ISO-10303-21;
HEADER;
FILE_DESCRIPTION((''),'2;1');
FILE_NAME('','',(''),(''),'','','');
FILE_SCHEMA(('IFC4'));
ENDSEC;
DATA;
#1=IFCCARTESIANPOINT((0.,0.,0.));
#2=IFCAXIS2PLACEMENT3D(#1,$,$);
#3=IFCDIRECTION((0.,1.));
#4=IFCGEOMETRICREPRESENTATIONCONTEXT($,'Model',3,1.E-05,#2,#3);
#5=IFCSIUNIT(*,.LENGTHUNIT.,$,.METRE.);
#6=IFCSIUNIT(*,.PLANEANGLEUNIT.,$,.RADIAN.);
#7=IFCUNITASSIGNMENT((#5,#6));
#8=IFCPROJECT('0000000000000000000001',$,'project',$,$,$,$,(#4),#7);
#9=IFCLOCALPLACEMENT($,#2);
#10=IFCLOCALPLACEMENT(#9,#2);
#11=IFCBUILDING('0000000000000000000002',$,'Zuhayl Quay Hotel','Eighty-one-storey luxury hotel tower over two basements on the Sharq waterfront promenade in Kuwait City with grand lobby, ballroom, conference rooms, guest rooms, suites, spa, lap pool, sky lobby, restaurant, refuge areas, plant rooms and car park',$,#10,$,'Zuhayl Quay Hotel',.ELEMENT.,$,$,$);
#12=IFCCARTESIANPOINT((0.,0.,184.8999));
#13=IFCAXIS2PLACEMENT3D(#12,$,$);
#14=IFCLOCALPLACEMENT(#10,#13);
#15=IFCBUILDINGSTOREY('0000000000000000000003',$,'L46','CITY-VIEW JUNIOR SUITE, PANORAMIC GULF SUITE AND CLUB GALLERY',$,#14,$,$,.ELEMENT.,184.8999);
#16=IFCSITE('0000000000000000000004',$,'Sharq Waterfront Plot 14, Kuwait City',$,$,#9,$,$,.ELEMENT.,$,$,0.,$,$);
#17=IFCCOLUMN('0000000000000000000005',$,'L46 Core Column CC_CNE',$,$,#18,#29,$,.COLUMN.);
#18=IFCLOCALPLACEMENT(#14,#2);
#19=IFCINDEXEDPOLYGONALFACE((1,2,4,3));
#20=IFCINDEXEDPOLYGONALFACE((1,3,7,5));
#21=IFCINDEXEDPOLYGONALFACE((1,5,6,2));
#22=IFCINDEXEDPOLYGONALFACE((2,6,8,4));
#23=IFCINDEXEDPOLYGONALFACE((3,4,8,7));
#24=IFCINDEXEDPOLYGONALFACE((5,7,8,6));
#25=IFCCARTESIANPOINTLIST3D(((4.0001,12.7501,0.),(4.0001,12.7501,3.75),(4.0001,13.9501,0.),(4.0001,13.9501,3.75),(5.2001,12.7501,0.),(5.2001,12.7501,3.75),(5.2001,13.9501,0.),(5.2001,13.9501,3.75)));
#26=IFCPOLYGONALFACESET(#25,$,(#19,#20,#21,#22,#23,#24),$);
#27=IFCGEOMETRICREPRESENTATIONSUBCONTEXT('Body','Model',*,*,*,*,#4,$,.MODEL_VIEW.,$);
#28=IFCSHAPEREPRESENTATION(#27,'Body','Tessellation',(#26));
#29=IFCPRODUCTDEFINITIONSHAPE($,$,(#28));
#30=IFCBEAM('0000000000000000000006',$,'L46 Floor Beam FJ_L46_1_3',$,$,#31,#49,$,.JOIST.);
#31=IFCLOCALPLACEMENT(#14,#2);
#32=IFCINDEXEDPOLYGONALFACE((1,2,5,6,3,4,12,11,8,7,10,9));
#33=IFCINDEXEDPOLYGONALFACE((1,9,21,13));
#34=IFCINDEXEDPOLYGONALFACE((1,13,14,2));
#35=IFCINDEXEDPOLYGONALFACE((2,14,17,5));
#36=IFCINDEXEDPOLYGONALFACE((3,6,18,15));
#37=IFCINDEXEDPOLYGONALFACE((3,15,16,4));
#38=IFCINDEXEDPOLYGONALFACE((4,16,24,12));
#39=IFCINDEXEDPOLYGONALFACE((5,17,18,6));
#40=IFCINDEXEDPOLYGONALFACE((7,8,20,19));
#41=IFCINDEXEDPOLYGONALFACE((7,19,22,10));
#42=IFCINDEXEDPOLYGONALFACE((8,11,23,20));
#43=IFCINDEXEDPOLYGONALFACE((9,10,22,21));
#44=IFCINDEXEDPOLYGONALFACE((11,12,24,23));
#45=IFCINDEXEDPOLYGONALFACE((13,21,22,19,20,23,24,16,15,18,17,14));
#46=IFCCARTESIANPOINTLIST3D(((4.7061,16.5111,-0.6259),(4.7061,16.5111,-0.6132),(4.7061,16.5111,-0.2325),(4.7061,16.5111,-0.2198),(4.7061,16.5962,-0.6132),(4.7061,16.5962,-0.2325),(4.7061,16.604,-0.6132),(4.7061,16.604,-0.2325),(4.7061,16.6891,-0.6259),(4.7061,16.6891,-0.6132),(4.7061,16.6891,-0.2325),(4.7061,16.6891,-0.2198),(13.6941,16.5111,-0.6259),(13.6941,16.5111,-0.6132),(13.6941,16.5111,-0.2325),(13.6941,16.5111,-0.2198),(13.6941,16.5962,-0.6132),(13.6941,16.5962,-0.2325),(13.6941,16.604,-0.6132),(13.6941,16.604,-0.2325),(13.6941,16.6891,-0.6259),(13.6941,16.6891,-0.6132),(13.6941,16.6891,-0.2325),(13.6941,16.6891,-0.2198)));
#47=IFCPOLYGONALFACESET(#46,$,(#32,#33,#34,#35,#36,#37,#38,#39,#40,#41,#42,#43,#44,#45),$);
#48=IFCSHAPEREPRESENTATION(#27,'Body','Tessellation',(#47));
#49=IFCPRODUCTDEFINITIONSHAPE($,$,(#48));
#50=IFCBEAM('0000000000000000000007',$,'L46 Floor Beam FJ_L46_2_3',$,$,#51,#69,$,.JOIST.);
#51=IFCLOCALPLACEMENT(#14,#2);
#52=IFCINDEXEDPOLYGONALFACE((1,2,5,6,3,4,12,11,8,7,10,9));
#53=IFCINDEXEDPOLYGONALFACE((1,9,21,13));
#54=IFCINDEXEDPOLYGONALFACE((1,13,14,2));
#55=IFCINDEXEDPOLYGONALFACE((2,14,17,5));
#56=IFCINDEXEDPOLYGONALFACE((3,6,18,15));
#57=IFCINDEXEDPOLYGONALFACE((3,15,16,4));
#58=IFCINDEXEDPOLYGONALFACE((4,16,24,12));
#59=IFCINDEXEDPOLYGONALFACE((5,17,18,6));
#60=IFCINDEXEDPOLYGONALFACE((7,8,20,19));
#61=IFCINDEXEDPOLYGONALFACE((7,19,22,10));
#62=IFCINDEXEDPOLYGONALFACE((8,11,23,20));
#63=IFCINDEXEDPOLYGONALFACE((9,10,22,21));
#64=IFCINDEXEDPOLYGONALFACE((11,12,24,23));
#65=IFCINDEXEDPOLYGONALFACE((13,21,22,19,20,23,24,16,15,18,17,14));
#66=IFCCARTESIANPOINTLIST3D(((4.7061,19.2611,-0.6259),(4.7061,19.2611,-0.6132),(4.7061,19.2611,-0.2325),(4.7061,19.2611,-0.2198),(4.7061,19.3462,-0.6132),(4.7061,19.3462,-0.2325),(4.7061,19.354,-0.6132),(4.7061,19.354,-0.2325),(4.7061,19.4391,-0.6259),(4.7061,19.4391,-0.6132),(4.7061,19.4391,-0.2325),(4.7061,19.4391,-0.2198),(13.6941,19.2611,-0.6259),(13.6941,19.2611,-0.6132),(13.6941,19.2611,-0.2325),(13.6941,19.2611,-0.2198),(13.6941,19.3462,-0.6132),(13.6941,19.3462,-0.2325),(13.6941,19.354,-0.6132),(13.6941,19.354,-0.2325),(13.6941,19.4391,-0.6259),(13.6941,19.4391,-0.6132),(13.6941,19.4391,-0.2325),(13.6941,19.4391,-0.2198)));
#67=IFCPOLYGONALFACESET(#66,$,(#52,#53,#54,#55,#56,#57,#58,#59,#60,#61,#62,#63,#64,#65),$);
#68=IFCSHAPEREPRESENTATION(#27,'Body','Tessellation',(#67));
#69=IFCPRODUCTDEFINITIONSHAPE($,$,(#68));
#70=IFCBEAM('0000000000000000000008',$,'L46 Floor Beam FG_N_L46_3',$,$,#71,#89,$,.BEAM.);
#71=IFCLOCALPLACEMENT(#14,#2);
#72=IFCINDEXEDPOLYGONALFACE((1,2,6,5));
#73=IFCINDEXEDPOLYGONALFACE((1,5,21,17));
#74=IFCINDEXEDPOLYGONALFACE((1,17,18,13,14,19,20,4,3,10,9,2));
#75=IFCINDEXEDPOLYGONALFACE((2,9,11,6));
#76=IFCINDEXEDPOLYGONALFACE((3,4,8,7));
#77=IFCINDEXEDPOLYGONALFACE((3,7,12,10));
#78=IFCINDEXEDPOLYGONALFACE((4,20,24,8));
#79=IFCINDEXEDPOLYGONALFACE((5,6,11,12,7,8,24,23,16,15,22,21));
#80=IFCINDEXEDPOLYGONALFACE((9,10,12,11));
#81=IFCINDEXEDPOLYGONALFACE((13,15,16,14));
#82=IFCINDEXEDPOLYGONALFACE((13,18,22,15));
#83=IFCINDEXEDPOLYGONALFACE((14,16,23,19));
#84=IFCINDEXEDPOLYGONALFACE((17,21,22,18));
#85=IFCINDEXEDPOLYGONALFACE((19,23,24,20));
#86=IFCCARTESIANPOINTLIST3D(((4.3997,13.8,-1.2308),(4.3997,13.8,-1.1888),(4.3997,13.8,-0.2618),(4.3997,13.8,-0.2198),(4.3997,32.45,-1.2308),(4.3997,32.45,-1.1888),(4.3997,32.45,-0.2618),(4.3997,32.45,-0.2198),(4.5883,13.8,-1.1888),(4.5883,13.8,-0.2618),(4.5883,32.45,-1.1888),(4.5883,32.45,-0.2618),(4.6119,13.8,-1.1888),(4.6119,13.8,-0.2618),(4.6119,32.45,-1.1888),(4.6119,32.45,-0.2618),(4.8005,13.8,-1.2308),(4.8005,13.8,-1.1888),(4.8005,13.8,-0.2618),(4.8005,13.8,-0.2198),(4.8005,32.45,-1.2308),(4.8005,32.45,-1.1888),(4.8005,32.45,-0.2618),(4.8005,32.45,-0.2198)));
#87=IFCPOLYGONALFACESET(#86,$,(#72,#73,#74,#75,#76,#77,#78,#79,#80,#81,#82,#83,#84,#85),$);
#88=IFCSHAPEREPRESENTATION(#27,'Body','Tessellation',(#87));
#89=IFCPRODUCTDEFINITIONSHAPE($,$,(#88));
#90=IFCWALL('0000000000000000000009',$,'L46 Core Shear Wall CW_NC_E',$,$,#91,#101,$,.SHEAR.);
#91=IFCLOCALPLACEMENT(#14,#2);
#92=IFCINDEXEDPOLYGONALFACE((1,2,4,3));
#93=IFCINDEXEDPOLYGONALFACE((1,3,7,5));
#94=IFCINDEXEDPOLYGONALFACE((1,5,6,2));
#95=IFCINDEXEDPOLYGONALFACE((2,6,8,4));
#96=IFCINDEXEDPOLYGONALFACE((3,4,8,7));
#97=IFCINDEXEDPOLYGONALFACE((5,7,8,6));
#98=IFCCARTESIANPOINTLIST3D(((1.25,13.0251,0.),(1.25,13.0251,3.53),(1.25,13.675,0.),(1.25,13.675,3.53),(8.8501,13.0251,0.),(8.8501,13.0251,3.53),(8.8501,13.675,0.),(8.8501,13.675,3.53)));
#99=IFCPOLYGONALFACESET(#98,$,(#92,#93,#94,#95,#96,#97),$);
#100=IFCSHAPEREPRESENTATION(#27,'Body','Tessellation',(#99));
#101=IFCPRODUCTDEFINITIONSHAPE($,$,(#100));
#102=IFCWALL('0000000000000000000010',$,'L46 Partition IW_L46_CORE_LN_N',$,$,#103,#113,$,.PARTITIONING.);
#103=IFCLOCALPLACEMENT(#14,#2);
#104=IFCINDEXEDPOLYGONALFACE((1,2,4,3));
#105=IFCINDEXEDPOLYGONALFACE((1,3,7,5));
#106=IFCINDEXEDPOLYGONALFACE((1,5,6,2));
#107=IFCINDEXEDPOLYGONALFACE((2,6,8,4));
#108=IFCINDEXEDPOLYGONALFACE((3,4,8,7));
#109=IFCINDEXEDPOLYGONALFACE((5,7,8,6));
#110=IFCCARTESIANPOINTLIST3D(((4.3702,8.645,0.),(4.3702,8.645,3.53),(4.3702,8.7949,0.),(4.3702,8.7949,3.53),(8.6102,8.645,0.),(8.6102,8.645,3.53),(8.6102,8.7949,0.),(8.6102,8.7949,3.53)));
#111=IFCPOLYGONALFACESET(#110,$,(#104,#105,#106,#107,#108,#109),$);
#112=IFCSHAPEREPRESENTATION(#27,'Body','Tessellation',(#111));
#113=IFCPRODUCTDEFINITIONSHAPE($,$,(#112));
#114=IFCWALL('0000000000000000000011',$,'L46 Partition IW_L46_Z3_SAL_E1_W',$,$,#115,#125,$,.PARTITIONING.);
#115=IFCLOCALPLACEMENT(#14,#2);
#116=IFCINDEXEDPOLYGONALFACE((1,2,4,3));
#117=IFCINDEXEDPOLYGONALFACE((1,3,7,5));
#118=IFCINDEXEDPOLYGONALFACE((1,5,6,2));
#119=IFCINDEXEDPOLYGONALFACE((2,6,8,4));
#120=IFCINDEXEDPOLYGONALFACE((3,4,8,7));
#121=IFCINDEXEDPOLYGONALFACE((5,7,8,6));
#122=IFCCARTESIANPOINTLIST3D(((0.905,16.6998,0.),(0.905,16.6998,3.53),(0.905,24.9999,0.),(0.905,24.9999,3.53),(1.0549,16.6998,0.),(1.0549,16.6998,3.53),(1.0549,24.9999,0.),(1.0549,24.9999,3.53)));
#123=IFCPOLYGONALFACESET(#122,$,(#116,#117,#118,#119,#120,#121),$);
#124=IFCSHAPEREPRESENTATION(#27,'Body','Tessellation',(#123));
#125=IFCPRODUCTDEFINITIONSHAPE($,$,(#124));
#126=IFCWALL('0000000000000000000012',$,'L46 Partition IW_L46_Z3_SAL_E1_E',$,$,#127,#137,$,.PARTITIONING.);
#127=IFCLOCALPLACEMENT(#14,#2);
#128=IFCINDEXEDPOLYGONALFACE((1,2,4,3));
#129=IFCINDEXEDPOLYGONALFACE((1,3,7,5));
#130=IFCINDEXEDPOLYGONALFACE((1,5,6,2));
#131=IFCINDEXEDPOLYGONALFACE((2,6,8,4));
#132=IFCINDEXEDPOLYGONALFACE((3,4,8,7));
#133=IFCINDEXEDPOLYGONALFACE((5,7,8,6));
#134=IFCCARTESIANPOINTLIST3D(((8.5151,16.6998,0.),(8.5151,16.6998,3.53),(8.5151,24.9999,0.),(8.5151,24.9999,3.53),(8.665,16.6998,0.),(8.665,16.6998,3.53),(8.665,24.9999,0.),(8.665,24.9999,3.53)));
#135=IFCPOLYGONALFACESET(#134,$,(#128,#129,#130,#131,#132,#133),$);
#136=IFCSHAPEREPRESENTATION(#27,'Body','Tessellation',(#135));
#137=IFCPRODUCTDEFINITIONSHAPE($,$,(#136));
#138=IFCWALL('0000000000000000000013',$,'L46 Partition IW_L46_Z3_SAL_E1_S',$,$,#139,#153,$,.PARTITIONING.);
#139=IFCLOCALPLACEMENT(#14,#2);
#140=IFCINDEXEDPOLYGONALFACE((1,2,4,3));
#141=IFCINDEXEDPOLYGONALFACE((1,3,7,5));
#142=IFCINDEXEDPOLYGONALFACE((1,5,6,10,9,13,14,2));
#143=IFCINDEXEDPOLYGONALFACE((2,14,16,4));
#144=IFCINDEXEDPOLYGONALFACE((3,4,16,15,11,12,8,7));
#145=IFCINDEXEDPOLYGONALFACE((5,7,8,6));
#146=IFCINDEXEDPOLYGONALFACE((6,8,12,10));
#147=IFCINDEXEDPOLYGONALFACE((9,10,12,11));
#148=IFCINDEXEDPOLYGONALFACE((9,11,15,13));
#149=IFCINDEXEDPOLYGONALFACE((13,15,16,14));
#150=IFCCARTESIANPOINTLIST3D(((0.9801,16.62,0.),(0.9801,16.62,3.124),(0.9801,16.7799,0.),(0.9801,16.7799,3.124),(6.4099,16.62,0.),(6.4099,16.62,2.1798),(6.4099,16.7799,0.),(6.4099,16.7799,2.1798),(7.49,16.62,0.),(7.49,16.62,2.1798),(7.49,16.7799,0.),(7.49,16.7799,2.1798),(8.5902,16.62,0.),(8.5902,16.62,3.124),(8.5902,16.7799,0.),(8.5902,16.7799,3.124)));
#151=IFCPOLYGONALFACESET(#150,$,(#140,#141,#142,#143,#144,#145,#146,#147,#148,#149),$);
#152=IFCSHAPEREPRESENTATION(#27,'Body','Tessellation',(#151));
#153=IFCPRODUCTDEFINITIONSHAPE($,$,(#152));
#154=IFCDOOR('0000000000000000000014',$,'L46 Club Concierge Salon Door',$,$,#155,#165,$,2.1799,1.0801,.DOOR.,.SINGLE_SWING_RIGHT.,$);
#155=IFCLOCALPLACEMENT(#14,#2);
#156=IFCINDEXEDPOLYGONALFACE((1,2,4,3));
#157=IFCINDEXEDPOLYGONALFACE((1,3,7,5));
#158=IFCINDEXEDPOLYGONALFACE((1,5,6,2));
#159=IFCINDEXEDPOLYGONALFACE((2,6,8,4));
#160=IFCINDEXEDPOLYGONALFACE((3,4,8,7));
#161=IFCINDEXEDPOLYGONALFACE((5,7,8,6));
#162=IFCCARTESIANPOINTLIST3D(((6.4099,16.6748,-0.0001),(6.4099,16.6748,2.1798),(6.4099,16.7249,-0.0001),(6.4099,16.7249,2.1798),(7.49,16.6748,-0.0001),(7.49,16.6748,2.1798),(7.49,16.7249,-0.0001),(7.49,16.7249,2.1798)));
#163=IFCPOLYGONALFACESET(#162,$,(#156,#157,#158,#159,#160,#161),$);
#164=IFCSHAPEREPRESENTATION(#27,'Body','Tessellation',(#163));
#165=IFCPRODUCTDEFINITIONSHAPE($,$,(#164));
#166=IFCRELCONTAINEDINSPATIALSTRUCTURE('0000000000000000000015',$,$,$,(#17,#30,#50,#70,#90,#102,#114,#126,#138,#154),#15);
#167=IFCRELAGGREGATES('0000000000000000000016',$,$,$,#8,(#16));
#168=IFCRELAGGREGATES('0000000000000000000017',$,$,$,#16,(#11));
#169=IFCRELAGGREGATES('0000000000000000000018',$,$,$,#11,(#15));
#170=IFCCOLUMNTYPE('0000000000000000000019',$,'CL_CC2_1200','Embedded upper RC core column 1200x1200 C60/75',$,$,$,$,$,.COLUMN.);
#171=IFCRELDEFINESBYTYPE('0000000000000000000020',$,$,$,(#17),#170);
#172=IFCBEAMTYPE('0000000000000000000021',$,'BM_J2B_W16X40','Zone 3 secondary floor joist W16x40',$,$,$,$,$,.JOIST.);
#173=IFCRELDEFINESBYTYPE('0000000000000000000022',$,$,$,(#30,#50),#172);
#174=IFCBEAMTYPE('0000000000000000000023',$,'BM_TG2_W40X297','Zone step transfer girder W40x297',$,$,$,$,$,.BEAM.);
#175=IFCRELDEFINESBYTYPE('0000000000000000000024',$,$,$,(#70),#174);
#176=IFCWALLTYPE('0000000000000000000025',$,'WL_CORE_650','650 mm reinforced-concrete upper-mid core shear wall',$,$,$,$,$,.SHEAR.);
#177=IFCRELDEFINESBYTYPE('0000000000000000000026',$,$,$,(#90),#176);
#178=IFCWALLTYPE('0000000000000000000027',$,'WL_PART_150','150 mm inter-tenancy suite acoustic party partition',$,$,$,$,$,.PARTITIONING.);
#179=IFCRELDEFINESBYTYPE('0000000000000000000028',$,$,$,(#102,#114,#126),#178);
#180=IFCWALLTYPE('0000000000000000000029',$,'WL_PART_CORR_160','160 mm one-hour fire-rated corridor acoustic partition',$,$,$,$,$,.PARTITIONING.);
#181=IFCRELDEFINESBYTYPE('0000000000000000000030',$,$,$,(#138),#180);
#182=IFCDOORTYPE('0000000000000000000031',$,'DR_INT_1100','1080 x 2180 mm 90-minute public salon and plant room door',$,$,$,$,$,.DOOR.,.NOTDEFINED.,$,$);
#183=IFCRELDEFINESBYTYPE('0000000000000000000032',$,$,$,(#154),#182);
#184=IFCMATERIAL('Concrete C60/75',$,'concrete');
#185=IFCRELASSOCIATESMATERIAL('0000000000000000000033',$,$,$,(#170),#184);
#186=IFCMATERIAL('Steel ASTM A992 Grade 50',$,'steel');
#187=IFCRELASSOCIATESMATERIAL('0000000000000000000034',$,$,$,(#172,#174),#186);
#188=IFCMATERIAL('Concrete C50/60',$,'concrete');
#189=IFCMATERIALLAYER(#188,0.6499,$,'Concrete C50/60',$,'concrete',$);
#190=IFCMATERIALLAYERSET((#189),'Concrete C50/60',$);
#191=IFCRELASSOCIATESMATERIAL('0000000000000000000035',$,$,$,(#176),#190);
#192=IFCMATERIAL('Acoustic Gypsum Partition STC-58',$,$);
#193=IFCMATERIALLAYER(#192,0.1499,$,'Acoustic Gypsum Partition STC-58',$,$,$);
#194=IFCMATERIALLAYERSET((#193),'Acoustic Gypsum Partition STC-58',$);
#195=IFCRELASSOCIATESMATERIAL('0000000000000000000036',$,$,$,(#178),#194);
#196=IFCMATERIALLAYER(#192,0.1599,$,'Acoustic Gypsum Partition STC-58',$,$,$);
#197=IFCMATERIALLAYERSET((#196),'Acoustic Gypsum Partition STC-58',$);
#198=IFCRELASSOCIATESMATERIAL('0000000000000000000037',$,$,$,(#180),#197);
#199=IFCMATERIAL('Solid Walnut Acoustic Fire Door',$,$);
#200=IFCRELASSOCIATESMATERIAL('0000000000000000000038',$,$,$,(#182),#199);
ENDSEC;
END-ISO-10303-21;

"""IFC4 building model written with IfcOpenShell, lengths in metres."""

from ifc_helpers import new_model, si_unit, direction, frame, frame_2d, origin, origin_2d, place, context, subcontext, project, spatial, rectangle, i_section, extrude, material, layer, layer_set, material_profile, profile_set, type_object, element, fill, save


model = new_model("IFC4")

# Units and contexts
model_context = context("Model", 3, precision=1e-05, world=origin(), true_north=direction((0.0, 1.0)))
body_context = subcontext(model_context, "Body", "Model", "MODEL_VIEW")
ifc_project = project(units=[si_unit("LENGTHUNIT", "METRE"), si_unit("PLANEANGLEUNIT", "RADIAN")], contexts=[model_context])

# Site, building, storey
site_placement = place(None, origin())
site = spatial("IfcSite", under=ifc_project, at=site_placement, Name="Sharq Waterfront Plot 14, Kuwait City", CompositionType="ELEMENT", RefElevation=0.0)
building_placement = place(site_placement, origin())
building = spatial("IfcBuilding", under=site, at=building_placement, Name="Zuhayl Quay Hotel", Description="Eighty-one-storey luxury hotel tower over two basements on the Sharq waterfront promenade in Kuwait City with grand lobby, ballroom, conference rooms, guest rooms, suites, spa, lap pool, sky lobby, restaurant, refuge areas, plant rooms and car park", LongName="Zuhayl Quay Hotel", CompositionType="ELEMENT")
storey_placement = place(building_placement, frame((0.0, 0.0, 184.8999)))
storey = spatial("IfcBuildingStorey", under=building, at=storey_placement, Name="L46", Description="CITY-VIEW JUNIOR SUITE, PANORAMIC GULF SUITE AND CLUB GALLERY", CompositionType="ELEMENT", Elevation=184.8999)

# Column
ifc_material_1 = material(Name="Concrete C60/75", Category="concrete")
ifc_material_profile_1 = material_profile(ifc_material_1, rectangle(XDim=1.2, YDim=1.2, at=origin_2d()), Name="RC1200X1200")
ifc_profile_set_1 = profile_set([ifc_material_profile_1], Name="Concrete C60/75")
column_type = type_object("IfcColumnType", Name="CL_CC2_1200", Description="Embedded upper RC core column 1200x1200 C60/75", PredefinedType="COLUMN", material=ifc_profile_set_1)
column_placement = place(storey_placement, frame((4.6001, 13.3501, 0.0), z_axis=(0.0, 0.0, 1.0), x_axis=(1.0, 0.0, 0.0)))
element("IfcColumn", 1, at=column_placement, inside=storey, type_object=column_type, Name="L46 Core Column CC_CNE", PredefinedType="COLUMN", context=body_context, shape_type="SweptSolid", body=[
    extrude(rectangle(XDim=1.2, YDim=1.2, at=origin_2d()), origin(), (0.0, 0.0, 1.0), 3.75),
])

# Beams
ifc_material_2 = material(Name="Steel ASTM A992 Grade 50", Category="steel")
ifc_material_profile_2 = material_profile(ifc_material_2, i_section(OverallWidth=0.178, OverallDepth=0.406, WebThickness=0.0078, FlangeThickness=0.0127, at=origin_2d()), Name="W16X40")
ifc_profile_set_2 = profile_set([ifc_material_profile_2], Name="Steel ASTM A992 Grade 50")
beam_type_1 = type_object("IfcBeamType", Name="BM_J2B_W16X40", Description="Zone 3 secondary floor joist W16x40", PredefinedType="JOIST", material=ifc_profile_set_2)
for number, where, z_axis, x_axis, name in (
    (2, (4.7061, 16.6001, -0.4229), (1.0, 0.0, 0.0), (0.0, 1.0, 0.0), "L46 Floor Beam FJ_L46_1_3"),
    (3, (4.7061, 19.3501, -0.4229), (1.0, 0.0, 0.0), (0.0, 1.0, 0.0), "L46 Floor Beam FJ_L46_2_3"),
):
    element("IfcBeam", number, at=place(storey_placement, frame(where, z_axis=z_axis, x_axis=x_axis)), inside=storey, type_object=beam_type_1, Name=name, PredefinedType="JOIST", context=body_context, shape_type="SweptSolid", body=[
        extrude(i_section(OverallWidth=0.178, OverallDepth=0.406, WebThickness=0.0078, FlangeThickness=0.0127, at=origin_2d()), origin(), (0.0, 0.0, 1.0), 8.988),
    ])
ifc_material_profile_3 = material_profile(ifc_material_2, i_section(OverallWidth=0.4009, OverallDepth=1.011, WebThickness=0.0237, FlangeThickness=0.042, at=origin_2d()), Name="W40X297")
ifc_profile_set_3 = profile_set([ifc_material_profile_3], Name="Steel ASTM A992 Grade 50")
beam_type_2 = type_object("IfcBeamType", Name="BM_TG2_W40X297", Description="Zone step transfer girder W40x297", PredefinedType="BEAM", material=ifc_profile_set_3)
beam_placement = place(storey_placement, frame((4.6001, 13.8, -0.7253), z_axis=(0.0, 1.0, 0.0), x_axis=(-1.0, 0.0, 0.0)))
element("IfcBeam", 4, at=beam_placement, inside=storey, type_object=beam_type_2, Name="L46 Floor Beam FG_N_L46_3", PredefinedType="BEAM", context=body_context, shape_type="SweptSolid", body=[
    extrude(i_section(OverallWidth=0.4009, OverallDepth=1.011, WebThickness=0.0237, FlangeThickness=0.042, at=origin_2d()), origin(), (0.0, 0.0, 1.0), 18.6499),
])

# Wall
ifc_material_3 = material(Name="Concrete C50/60", Category="concrete")
ifc_layer_1 = layer(ifc_material_3, 0.6499, Name="Concrete C50/60", Category="concrete")
ifc_layer_set_1 = layer_set([ifc_layer_1], Name="Concrete C50/60")
wall_type_1 = type_object("IfcWallType", Name="WL_CORE_650", Description="650 mm reinforced-concrete upper-mid core shear wall", PredefinedType="SHEAR", material=ifc_layer_set_1)
wall_1_placement = place(storey_placement, frame((1.25, 13.3501, 0.0), z_axis=(0.0, 0.0, 1.0), x_axis=(1.0, 0.0, 0.0)))
element("IfcWall", 5, at=wall_1_placement, inside=storey, type_object=wall_type_1, Name="L46 Core Shear Wall CW_NC_E", PredefinedType="SHEAR", context=body_context, shape_type="SweptSolid", body=[
    extrude(rectangle(XDim=7.6001, YDim=0.6499, at=frame_2d((3.8, 0.0))), origin(), (0.0, 0.0, 1.0), 3.53),
])

# Shared definitions
ifc_material_4 = material(Name="Acoustic Gypsum Partition STC-58")
ifc_layer_2 = layer(ifc_material_4, 0.1499, Name="Acoustic Gypsum Partition STC-58")
ifc_layer_set_2 = layer_set([ifc_layer_2], Name="Acoustic Gypsum Partition STC-58")
wall_type_2 = type_object("IfcWallType", Name="WL_PART_150", Description="150 mm inter-tenancy suite acoustic party partition", PredefinedType="PARTITIONING", material=ifc_layer_set_2)

# Walls
wall_2_placement = place(storey_placement, frame((4.3701, 8.72, 0.0), z_axis=(0.0, 0.0, 1.0), x_axis=(1.0, 0.0, 0.0)))
element("IfcWall", 6, at=wall_2_placement, inside=storey, type_object=wall_type_2, Name="L46 Partition IW_L46_CORE_LN_N", PredefinedType="PARTITIONING", context=body_context, shape_type="SweptSolid", body=[
    extrude(rectangle(XDim=4.24, YDim=0.1499, at=frame_2d((2.1201, 0.0))), origin(), (0.0, 0.0, 1.0), 3.53),
])
for number, where, z_axis, x_axis, name in (
    (7, (0.98, 16.7, 0.0), (0.0, 0.0, 1.0), (0.0, 1.0, 0.0), "L46 Partition IW_L46_Z3_SAL_E1_W"),
    (8, (8.5901, 16.7, 0.0), (0.0, 0.0, 1.0), (0.0, 1.0, 0.0), "L46 Partition IW_L46_Z3_SAL_E1_E"),
):
    element("IfcWall", number, at=place(storey_placement, frame(where, z_axis=z_axis, x_axis=x_axis)), inside=storey, type_object=wall_type_2, Name=name, PredefinedType="PARTITIONING", context=body_context, shape_type="SweptSolid", body=[
        extrude(rectangle(XDim=8.3, YDim=0.1499, at=frame_2d((4.1499, 0.0))), origin(), (0.0, 0.0, 1.0), 3.53),
    ])

# Wall, opening, door
ifc_layer_3 = layer(ifc_material_4, 0.1599, Name="Acoustic Gypsum Partition STC-58")
ifc_layer_set_3 = layer_set([ifc_layer_3], Name="Acoustic Gypsum Partition STC-58")
wall_type_3 = type_object("IfcWallType", Name="WL_PART_CORR_160", Description="160 mm one-hour fire-rated corridor acoustic partition", PredefinedType="PARTITIONING", material=ifc_layer_set_3)
wall_3_placement = place(storey_placement, frame((0.98, 16.7, 0.0), z_axis=(0.0, 0.0, 1.0), x_axis=(1.0, 0.0, 0.0)))
wall_3 = element("IfcWall", 9, at=wall_3_placement, inside=storey, type_object=wall_type_3, Name="L46 Partition IW_L46_Z3_SAL_E1_S", PredefinedType="PARTITIONING", context=body_context, shape_type="SweptSolid", body=[
    extrude(rectangle(XDim=7.6101, YDim=0.1599, at=frame_2d((3.8052, 0.0))), origin(), (0.0, 0.0, 1.0), 3.124),
])
opening_1_placement = place(wall_3_placement, frame((5.4299, 0.0, 0.0)))
opening_1 = element("IfcOpeningElement", 10, at=opening_1_placement, cuts=wall_3, PredefinedType="OPENING", context=body_context, shape_type="SweptSolid", body=[
    extrude(rectangle(XDim=1.0801, YDim=2.1799, at=frame_2d((0.54, 1.0898))), frame((0.0, 0.0898, 0.0), z_axis=(0.0, -1.0, 0.0), x_axis=(1.0, 0.0, 0.0)), (0.0, 0.0, 1.0), 0.1799),
])
ifc_material_5 = material(Name="Solid Walnut Acoustic Fire Door")
door_type_1 = type_object("IfcDoorType", Name="DR_INT_1100", Description="1080 x 2180 mm 90-minute public salon and plant room door", OperationType="NOTDEFINED", PredefinedType="DOOR", material=ifc_material_5)
door_1_placement = place(opening_1_placement, origin())
door_1 = element("IfcDoor", 11, at=door_1_placement, inside=storey, type_object=door_type_1, Name="L46 Club Concierge Salon Door", OperationType="SINGLE_SWING_RIGHT", OverallHeight=2.1799, OverallWidth=1.0801, PredefinedType="DOOR", context=body_context, shape_type="SweptSolid", body=[
    extrude(rectangle(XDim=1.0801, YDim=2.1799, at=frame_2d((0.54, 1.0898))), frame((0.0, 0.0249, 0.0), z_axis=(0.0, -1.0, 0.0), x_axis=(1.0, 0.0, 0.0)), (0.0, 0.0, 1.0), 0.05),
])
fill(opening_1, door_1)

save(model, "model.ifc")
